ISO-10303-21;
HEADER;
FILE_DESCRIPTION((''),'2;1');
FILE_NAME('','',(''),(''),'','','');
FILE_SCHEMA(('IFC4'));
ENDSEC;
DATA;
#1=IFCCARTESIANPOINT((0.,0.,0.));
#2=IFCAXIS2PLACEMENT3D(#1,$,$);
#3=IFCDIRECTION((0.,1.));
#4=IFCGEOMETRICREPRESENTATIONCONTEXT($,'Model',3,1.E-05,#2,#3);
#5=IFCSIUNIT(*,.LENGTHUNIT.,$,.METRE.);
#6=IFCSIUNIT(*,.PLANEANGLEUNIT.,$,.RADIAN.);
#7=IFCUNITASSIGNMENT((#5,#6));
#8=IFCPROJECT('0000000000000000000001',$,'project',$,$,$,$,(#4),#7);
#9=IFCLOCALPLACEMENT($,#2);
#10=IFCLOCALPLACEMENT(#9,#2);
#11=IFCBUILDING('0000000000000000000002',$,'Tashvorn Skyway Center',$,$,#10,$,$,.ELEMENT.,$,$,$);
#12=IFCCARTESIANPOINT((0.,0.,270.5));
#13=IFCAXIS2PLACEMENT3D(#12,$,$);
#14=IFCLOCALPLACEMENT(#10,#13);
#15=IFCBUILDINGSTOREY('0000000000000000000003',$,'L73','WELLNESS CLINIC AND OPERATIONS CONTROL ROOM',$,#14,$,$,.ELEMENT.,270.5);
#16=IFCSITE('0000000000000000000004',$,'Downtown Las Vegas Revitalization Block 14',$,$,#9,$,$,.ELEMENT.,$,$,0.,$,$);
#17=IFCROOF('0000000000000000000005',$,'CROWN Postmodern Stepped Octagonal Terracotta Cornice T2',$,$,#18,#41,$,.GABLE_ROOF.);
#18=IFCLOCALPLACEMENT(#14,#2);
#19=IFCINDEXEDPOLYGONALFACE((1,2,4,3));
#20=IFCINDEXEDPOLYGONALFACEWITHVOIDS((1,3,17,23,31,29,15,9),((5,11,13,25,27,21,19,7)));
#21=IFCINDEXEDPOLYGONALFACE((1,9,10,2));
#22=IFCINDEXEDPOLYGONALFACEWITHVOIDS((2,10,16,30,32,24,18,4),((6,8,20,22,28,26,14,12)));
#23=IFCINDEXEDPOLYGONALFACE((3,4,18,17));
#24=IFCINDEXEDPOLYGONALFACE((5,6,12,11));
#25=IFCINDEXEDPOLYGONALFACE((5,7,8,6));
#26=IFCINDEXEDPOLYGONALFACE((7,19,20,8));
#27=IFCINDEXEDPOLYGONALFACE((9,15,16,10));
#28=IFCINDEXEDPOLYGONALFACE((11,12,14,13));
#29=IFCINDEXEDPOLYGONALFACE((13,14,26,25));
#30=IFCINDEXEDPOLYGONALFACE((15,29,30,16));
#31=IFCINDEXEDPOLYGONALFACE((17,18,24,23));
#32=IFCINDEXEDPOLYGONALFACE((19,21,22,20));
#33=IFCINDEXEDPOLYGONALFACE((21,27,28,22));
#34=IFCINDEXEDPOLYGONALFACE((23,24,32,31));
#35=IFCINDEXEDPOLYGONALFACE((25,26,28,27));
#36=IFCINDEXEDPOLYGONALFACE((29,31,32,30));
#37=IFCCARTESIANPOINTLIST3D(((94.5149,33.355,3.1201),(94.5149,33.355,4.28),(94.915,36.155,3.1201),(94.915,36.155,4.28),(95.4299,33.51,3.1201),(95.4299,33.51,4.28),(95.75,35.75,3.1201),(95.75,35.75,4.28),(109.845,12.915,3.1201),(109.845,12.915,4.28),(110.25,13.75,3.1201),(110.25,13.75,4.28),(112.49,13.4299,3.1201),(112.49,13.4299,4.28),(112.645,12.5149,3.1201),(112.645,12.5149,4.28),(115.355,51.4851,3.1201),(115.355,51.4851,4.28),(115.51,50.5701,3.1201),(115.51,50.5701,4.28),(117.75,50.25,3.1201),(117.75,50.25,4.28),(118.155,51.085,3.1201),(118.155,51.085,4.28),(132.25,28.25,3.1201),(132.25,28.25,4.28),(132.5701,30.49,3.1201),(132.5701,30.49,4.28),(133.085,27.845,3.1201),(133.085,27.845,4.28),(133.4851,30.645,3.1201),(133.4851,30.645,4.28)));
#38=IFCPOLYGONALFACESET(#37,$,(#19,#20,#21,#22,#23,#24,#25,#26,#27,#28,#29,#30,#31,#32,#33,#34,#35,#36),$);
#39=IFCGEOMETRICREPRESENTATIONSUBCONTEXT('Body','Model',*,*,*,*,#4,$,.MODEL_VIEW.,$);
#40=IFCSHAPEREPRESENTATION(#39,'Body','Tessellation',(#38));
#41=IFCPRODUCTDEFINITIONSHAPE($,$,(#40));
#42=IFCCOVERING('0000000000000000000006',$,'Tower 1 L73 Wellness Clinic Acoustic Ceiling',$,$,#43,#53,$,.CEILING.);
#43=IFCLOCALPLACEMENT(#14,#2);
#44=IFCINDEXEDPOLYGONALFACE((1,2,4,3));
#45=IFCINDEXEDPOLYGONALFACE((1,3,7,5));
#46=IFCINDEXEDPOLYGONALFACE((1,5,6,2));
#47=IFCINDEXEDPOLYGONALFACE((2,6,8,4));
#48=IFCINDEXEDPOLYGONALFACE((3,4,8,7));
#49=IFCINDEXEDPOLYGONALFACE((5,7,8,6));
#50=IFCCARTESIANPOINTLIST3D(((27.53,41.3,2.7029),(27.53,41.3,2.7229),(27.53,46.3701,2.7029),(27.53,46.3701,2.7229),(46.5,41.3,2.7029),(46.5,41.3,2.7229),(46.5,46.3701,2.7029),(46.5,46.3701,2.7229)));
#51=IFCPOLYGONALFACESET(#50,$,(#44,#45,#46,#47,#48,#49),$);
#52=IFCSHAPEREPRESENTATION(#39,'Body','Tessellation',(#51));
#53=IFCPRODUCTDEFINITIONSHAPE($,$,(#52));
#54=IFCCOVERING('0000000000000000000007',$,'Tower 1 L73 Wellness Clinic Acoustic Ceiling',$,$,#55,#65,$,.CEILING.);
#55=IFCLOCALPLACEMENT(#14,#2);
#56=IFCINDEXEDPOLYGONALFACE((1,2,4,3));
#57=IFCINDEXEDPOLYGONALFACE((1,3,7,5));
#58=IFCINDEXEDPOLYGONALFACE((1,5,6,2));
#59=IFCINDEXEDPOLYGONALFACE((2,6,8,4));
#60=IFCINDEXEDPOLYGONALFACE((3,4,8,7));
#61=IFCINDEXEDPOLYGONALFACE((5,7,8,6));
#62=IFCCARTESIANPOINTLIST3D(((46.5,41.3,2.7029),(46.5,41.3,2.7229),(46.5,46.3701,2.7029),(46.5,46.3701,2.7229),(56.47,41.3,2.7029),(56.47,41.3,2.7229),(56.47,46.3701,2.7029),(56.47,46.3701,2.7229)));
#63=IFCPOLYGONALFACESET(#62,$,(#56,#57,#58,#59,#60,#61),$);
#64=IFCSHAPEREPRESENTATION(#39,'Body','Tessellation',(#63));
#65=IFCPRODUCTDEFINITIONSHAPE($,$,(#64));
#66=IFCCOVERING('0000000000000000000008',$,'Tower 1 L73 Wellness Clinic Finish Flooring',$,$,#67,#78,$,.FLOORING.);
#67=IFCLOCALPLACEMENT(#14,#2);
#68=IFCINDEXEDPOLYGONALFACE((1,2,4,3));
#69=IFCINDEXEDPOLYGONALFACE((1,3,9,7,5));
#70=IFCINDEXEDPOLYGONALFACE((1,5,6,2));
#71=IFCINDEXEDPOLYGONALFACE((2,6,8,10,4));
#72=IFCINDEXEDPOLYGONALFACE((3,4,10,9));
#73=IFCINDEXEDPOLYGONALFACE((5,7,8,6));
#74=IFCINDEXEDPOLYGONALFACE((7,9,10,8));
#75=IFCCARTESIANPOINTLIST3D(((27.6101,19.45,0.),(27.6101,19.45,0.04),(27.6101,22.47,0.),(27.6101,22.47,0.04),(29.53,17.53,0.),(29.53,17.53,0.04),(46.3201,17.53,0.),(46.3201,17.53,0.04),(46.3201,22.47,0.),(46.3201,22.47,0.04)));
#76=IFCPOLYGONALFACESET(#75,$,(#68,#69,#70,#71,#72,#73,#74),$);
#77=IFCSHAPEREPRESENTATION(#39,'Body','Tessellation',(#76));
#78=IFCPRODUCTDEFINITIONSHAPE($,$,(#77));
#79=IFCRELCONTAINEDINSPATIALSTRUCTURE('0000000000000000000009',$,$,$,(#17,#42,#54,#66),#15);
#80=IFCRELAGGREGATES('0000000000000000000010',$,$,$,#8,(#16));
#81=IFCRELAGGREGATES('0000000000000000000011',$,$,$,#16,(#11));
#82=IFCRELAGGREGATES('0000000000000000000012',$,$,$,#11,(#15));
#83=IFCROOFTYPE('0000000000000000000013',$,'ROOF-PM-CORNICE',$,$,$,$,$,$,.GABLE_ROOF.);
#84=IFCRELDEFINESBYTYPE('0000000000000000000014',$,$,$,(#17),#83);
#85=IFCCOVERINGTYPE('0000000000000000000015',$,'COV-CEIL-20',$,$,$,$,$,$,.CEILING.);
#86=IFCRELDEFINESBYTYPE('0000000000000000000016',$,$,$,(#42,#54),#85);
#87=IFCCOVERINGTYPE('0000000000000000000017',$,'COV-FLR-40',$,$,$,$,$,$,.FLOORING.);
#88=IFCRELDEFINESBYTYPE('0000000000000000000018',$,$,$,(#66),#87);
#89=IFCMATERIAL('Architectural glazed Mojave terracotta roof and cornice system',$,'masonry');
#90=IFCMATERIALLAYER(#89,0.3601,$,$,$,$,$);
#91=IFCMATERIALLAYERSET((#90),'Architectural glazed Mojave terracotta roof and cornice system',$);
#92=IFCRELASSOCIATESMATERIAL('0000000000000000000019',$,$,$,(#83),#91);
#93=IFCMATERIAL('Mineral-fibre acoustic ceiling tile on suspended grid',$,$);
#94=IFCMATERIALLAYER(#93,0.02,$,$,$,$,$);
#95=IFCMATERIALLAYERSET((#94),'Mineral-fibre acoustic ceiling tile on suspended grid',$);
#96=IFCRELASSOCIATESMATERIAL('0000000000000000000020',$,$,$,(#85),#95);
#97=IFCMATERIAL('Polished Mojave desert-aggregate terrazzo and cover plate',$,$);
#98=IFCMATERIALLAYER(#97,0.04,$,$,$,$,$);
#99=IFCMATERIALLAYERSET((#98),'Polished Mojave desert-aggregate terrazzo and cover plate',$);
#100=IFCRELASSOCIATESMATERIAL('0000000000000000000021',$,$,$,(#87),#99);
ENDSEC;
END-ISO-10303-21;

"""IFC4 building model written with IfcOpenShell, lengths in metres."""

from ifc_helpers import new_model, si_unit, direction, frame, origin, place, context, subcontext, project, spatial, polyline, outline, extrude, material, layer, layer_set, type_object, element, save


model = new_model("IFC4")

# Units and contexts
model_context = context("Model", 3, precision=1e-05, world=origin(), true_north=direction((0.0, 1.0)))
body_context = subcontext(model_context, "Body", "Model", "MODEL_VIEW")
ifc_project = project(units=[si_unit("LENGTHUNIT", "METRE"), si_unit("PLANEANGLEUNIT", "RADIAN")], contexts=[model_context])

# Site, building, storey
site_placement = place(None, origin())
site = spatial("IfcSite", under=ifc_project, at=site_placement, Name="Downtown Las Vegas Revitalization Block 14", CompositionType="ELEMENT", RefElevation=0.0)
building_placement = place(site_placement, origin())
building = spatial("IfcBuilding", under=site, at=building_placement, Name="Tashvorn Skyway Center", CompositionType="ELEMENT")
storey_placement = place(building_placement, frame((0.0, 0.0, 270.5)))
storey = spatial("IfcBuildingStorey", under=building, at=storey_placement, Name="L73", Description="WELLNESS CLINIC AND OPERATIONS CONTROL ROOM", CompositionType="ELEMENT", Elevation=270.5)

# Roof
ifc_material_1 = material(Name="Architectural glazed Mojave terracotta roof and cornice system", Category="masonry")
ifc_layer_1 = layer(ifc_material_1, 0.3601)
ifc_layer_set_1 = layer_set([ifc_layer_1], Name="Architectural glazed Mojave terracotta roof and cornice system")
roof_type = type_object("IfcRoofType", Name="ROOF-PM-CORNICE", PredefinedType="GABLE_ROOF", material=ifc_layer_set_1)
roof_placement = place(storey_placement, frame((0.0, 0.0, 3.1201)))
element("IfcRoof", 1, at=roof_placement, inside=storey, type_object=roof_type, Name="CROWN Postmodern Stepped Octagonal Terracotta Cornice T2", PredefinedType="GABLE_ROOF", context=body_context, shape_type="SweptSolid", body=[
    extrude(outline(polyline([(112.645, 12.5149), (133.085, 27.845), (133.4851, 30.645), (118.155, 51.085), (115.355, 51.4851), (94.915, 36.155), (94.5149, 33.355), (109.845, 12.915), (112.645, 12.5149)]), holes=[polyline([(112.49, 13.4299), (132.25, 28.25), (132.5701, 30.49), (117.75, 50.25), (115.51, 50.5701), (95.75, 35.75), (95.4299, 33.51), (110.25, 13.75), (112.49, 13.4299)])]), origin(), (0.0, 0.0, 1.0), 1.1599),
])

# Coverings
ifc_material_2 = material(Name="Mineral-fibre acoustic ceiling tile on suspended grid")
ifc_layer_2 = layer(ifc_material_2, 0.02)
ifc_layer_set_2 = layer_set([ifc_layer_2], Name="Mineral-fibre acoustic ceiling tile on suspended grid")
covering_type_1 = type_object("IfcCoveringType", Name="COV-CEIL-20", PredefinedType="CEILING", material=ifc_layer_set_2)
covering_1_placement = place(storey_placement, frame((0.0, 0.0, 2.7029)))
element("IfcCovering", 2, at=covering_1_placement, inside=storey, type_object=covering_type_1, Name="Tower 1 L73 Wellness Clinic Acoustic Ceiling", PredefinedType="CEILING", context=body_context, shape_type="SweptSolid", body=[
    extrude(outline(polyline([(27.53, 41.3), (46.5, 41.3), (46.5, 46.3701), (27.53, 46.3701), (27.53, 41.3)])), origin(), (0.0, 0.0, 1.0), 0.02),
])
covering_2_placement = place(storey_placement, frame((0.0, 0.0, 2.7029)))
element("IfcCovering", 3, at=covering_2_placement, inside=storey, type_object=covering_type_1, Name="Tower 1 L73 Wellness Clinic Acoustic Ceiling", PredefinedType="CEILING", context=body_context, shape_type="SweptSolid", body=[
    extrude(outline(polyline([(46.5, 41.3), (56.47, 41.3), (56.47, 46.3701), (46.5, 46.3701), (46.5, 41.3)])), origin(), (0.0, 0.0, 1.0), 0.02),
])
ifc_material_3 = material(Name="Polished Mojave desert-aggregate terrazzo and cover plate")
ifc_layer_3 = layer(ifc_material_3, 0.04)
ifc_layer_set_3 = layer_set([ifc_layer_3], Name="Polished Mojave desert-aggregate terrazzo and cover plate")
covering_type_2 = type_object("IfcCoveringType", Name="COV-FLR-40", PredefinedType="FLOORING", material=ifc_layer_set_3)
covering_3_placement = place(storey_placement, origin())
element("IfcCovering", 4, at=covering_3_placement, inside=storey, type_object=covering_type_2, Name="Tower 1 L73 Wellness Clinic Finish Flooring", PredefinedType="FLOORING", context=body_context, shape_type="SweptSolid", body=[
    extrude(outline(polyline([(29.53, 17.53), (27.6101, 19.45), (27.6101, 22.47), (46.3201, 22.47), (46.3201, 17.53), (29.53, 17.53)])), origin(), (0.0, 0.0, 1.0), 0.04),
])

save(model, "model.ifc")
